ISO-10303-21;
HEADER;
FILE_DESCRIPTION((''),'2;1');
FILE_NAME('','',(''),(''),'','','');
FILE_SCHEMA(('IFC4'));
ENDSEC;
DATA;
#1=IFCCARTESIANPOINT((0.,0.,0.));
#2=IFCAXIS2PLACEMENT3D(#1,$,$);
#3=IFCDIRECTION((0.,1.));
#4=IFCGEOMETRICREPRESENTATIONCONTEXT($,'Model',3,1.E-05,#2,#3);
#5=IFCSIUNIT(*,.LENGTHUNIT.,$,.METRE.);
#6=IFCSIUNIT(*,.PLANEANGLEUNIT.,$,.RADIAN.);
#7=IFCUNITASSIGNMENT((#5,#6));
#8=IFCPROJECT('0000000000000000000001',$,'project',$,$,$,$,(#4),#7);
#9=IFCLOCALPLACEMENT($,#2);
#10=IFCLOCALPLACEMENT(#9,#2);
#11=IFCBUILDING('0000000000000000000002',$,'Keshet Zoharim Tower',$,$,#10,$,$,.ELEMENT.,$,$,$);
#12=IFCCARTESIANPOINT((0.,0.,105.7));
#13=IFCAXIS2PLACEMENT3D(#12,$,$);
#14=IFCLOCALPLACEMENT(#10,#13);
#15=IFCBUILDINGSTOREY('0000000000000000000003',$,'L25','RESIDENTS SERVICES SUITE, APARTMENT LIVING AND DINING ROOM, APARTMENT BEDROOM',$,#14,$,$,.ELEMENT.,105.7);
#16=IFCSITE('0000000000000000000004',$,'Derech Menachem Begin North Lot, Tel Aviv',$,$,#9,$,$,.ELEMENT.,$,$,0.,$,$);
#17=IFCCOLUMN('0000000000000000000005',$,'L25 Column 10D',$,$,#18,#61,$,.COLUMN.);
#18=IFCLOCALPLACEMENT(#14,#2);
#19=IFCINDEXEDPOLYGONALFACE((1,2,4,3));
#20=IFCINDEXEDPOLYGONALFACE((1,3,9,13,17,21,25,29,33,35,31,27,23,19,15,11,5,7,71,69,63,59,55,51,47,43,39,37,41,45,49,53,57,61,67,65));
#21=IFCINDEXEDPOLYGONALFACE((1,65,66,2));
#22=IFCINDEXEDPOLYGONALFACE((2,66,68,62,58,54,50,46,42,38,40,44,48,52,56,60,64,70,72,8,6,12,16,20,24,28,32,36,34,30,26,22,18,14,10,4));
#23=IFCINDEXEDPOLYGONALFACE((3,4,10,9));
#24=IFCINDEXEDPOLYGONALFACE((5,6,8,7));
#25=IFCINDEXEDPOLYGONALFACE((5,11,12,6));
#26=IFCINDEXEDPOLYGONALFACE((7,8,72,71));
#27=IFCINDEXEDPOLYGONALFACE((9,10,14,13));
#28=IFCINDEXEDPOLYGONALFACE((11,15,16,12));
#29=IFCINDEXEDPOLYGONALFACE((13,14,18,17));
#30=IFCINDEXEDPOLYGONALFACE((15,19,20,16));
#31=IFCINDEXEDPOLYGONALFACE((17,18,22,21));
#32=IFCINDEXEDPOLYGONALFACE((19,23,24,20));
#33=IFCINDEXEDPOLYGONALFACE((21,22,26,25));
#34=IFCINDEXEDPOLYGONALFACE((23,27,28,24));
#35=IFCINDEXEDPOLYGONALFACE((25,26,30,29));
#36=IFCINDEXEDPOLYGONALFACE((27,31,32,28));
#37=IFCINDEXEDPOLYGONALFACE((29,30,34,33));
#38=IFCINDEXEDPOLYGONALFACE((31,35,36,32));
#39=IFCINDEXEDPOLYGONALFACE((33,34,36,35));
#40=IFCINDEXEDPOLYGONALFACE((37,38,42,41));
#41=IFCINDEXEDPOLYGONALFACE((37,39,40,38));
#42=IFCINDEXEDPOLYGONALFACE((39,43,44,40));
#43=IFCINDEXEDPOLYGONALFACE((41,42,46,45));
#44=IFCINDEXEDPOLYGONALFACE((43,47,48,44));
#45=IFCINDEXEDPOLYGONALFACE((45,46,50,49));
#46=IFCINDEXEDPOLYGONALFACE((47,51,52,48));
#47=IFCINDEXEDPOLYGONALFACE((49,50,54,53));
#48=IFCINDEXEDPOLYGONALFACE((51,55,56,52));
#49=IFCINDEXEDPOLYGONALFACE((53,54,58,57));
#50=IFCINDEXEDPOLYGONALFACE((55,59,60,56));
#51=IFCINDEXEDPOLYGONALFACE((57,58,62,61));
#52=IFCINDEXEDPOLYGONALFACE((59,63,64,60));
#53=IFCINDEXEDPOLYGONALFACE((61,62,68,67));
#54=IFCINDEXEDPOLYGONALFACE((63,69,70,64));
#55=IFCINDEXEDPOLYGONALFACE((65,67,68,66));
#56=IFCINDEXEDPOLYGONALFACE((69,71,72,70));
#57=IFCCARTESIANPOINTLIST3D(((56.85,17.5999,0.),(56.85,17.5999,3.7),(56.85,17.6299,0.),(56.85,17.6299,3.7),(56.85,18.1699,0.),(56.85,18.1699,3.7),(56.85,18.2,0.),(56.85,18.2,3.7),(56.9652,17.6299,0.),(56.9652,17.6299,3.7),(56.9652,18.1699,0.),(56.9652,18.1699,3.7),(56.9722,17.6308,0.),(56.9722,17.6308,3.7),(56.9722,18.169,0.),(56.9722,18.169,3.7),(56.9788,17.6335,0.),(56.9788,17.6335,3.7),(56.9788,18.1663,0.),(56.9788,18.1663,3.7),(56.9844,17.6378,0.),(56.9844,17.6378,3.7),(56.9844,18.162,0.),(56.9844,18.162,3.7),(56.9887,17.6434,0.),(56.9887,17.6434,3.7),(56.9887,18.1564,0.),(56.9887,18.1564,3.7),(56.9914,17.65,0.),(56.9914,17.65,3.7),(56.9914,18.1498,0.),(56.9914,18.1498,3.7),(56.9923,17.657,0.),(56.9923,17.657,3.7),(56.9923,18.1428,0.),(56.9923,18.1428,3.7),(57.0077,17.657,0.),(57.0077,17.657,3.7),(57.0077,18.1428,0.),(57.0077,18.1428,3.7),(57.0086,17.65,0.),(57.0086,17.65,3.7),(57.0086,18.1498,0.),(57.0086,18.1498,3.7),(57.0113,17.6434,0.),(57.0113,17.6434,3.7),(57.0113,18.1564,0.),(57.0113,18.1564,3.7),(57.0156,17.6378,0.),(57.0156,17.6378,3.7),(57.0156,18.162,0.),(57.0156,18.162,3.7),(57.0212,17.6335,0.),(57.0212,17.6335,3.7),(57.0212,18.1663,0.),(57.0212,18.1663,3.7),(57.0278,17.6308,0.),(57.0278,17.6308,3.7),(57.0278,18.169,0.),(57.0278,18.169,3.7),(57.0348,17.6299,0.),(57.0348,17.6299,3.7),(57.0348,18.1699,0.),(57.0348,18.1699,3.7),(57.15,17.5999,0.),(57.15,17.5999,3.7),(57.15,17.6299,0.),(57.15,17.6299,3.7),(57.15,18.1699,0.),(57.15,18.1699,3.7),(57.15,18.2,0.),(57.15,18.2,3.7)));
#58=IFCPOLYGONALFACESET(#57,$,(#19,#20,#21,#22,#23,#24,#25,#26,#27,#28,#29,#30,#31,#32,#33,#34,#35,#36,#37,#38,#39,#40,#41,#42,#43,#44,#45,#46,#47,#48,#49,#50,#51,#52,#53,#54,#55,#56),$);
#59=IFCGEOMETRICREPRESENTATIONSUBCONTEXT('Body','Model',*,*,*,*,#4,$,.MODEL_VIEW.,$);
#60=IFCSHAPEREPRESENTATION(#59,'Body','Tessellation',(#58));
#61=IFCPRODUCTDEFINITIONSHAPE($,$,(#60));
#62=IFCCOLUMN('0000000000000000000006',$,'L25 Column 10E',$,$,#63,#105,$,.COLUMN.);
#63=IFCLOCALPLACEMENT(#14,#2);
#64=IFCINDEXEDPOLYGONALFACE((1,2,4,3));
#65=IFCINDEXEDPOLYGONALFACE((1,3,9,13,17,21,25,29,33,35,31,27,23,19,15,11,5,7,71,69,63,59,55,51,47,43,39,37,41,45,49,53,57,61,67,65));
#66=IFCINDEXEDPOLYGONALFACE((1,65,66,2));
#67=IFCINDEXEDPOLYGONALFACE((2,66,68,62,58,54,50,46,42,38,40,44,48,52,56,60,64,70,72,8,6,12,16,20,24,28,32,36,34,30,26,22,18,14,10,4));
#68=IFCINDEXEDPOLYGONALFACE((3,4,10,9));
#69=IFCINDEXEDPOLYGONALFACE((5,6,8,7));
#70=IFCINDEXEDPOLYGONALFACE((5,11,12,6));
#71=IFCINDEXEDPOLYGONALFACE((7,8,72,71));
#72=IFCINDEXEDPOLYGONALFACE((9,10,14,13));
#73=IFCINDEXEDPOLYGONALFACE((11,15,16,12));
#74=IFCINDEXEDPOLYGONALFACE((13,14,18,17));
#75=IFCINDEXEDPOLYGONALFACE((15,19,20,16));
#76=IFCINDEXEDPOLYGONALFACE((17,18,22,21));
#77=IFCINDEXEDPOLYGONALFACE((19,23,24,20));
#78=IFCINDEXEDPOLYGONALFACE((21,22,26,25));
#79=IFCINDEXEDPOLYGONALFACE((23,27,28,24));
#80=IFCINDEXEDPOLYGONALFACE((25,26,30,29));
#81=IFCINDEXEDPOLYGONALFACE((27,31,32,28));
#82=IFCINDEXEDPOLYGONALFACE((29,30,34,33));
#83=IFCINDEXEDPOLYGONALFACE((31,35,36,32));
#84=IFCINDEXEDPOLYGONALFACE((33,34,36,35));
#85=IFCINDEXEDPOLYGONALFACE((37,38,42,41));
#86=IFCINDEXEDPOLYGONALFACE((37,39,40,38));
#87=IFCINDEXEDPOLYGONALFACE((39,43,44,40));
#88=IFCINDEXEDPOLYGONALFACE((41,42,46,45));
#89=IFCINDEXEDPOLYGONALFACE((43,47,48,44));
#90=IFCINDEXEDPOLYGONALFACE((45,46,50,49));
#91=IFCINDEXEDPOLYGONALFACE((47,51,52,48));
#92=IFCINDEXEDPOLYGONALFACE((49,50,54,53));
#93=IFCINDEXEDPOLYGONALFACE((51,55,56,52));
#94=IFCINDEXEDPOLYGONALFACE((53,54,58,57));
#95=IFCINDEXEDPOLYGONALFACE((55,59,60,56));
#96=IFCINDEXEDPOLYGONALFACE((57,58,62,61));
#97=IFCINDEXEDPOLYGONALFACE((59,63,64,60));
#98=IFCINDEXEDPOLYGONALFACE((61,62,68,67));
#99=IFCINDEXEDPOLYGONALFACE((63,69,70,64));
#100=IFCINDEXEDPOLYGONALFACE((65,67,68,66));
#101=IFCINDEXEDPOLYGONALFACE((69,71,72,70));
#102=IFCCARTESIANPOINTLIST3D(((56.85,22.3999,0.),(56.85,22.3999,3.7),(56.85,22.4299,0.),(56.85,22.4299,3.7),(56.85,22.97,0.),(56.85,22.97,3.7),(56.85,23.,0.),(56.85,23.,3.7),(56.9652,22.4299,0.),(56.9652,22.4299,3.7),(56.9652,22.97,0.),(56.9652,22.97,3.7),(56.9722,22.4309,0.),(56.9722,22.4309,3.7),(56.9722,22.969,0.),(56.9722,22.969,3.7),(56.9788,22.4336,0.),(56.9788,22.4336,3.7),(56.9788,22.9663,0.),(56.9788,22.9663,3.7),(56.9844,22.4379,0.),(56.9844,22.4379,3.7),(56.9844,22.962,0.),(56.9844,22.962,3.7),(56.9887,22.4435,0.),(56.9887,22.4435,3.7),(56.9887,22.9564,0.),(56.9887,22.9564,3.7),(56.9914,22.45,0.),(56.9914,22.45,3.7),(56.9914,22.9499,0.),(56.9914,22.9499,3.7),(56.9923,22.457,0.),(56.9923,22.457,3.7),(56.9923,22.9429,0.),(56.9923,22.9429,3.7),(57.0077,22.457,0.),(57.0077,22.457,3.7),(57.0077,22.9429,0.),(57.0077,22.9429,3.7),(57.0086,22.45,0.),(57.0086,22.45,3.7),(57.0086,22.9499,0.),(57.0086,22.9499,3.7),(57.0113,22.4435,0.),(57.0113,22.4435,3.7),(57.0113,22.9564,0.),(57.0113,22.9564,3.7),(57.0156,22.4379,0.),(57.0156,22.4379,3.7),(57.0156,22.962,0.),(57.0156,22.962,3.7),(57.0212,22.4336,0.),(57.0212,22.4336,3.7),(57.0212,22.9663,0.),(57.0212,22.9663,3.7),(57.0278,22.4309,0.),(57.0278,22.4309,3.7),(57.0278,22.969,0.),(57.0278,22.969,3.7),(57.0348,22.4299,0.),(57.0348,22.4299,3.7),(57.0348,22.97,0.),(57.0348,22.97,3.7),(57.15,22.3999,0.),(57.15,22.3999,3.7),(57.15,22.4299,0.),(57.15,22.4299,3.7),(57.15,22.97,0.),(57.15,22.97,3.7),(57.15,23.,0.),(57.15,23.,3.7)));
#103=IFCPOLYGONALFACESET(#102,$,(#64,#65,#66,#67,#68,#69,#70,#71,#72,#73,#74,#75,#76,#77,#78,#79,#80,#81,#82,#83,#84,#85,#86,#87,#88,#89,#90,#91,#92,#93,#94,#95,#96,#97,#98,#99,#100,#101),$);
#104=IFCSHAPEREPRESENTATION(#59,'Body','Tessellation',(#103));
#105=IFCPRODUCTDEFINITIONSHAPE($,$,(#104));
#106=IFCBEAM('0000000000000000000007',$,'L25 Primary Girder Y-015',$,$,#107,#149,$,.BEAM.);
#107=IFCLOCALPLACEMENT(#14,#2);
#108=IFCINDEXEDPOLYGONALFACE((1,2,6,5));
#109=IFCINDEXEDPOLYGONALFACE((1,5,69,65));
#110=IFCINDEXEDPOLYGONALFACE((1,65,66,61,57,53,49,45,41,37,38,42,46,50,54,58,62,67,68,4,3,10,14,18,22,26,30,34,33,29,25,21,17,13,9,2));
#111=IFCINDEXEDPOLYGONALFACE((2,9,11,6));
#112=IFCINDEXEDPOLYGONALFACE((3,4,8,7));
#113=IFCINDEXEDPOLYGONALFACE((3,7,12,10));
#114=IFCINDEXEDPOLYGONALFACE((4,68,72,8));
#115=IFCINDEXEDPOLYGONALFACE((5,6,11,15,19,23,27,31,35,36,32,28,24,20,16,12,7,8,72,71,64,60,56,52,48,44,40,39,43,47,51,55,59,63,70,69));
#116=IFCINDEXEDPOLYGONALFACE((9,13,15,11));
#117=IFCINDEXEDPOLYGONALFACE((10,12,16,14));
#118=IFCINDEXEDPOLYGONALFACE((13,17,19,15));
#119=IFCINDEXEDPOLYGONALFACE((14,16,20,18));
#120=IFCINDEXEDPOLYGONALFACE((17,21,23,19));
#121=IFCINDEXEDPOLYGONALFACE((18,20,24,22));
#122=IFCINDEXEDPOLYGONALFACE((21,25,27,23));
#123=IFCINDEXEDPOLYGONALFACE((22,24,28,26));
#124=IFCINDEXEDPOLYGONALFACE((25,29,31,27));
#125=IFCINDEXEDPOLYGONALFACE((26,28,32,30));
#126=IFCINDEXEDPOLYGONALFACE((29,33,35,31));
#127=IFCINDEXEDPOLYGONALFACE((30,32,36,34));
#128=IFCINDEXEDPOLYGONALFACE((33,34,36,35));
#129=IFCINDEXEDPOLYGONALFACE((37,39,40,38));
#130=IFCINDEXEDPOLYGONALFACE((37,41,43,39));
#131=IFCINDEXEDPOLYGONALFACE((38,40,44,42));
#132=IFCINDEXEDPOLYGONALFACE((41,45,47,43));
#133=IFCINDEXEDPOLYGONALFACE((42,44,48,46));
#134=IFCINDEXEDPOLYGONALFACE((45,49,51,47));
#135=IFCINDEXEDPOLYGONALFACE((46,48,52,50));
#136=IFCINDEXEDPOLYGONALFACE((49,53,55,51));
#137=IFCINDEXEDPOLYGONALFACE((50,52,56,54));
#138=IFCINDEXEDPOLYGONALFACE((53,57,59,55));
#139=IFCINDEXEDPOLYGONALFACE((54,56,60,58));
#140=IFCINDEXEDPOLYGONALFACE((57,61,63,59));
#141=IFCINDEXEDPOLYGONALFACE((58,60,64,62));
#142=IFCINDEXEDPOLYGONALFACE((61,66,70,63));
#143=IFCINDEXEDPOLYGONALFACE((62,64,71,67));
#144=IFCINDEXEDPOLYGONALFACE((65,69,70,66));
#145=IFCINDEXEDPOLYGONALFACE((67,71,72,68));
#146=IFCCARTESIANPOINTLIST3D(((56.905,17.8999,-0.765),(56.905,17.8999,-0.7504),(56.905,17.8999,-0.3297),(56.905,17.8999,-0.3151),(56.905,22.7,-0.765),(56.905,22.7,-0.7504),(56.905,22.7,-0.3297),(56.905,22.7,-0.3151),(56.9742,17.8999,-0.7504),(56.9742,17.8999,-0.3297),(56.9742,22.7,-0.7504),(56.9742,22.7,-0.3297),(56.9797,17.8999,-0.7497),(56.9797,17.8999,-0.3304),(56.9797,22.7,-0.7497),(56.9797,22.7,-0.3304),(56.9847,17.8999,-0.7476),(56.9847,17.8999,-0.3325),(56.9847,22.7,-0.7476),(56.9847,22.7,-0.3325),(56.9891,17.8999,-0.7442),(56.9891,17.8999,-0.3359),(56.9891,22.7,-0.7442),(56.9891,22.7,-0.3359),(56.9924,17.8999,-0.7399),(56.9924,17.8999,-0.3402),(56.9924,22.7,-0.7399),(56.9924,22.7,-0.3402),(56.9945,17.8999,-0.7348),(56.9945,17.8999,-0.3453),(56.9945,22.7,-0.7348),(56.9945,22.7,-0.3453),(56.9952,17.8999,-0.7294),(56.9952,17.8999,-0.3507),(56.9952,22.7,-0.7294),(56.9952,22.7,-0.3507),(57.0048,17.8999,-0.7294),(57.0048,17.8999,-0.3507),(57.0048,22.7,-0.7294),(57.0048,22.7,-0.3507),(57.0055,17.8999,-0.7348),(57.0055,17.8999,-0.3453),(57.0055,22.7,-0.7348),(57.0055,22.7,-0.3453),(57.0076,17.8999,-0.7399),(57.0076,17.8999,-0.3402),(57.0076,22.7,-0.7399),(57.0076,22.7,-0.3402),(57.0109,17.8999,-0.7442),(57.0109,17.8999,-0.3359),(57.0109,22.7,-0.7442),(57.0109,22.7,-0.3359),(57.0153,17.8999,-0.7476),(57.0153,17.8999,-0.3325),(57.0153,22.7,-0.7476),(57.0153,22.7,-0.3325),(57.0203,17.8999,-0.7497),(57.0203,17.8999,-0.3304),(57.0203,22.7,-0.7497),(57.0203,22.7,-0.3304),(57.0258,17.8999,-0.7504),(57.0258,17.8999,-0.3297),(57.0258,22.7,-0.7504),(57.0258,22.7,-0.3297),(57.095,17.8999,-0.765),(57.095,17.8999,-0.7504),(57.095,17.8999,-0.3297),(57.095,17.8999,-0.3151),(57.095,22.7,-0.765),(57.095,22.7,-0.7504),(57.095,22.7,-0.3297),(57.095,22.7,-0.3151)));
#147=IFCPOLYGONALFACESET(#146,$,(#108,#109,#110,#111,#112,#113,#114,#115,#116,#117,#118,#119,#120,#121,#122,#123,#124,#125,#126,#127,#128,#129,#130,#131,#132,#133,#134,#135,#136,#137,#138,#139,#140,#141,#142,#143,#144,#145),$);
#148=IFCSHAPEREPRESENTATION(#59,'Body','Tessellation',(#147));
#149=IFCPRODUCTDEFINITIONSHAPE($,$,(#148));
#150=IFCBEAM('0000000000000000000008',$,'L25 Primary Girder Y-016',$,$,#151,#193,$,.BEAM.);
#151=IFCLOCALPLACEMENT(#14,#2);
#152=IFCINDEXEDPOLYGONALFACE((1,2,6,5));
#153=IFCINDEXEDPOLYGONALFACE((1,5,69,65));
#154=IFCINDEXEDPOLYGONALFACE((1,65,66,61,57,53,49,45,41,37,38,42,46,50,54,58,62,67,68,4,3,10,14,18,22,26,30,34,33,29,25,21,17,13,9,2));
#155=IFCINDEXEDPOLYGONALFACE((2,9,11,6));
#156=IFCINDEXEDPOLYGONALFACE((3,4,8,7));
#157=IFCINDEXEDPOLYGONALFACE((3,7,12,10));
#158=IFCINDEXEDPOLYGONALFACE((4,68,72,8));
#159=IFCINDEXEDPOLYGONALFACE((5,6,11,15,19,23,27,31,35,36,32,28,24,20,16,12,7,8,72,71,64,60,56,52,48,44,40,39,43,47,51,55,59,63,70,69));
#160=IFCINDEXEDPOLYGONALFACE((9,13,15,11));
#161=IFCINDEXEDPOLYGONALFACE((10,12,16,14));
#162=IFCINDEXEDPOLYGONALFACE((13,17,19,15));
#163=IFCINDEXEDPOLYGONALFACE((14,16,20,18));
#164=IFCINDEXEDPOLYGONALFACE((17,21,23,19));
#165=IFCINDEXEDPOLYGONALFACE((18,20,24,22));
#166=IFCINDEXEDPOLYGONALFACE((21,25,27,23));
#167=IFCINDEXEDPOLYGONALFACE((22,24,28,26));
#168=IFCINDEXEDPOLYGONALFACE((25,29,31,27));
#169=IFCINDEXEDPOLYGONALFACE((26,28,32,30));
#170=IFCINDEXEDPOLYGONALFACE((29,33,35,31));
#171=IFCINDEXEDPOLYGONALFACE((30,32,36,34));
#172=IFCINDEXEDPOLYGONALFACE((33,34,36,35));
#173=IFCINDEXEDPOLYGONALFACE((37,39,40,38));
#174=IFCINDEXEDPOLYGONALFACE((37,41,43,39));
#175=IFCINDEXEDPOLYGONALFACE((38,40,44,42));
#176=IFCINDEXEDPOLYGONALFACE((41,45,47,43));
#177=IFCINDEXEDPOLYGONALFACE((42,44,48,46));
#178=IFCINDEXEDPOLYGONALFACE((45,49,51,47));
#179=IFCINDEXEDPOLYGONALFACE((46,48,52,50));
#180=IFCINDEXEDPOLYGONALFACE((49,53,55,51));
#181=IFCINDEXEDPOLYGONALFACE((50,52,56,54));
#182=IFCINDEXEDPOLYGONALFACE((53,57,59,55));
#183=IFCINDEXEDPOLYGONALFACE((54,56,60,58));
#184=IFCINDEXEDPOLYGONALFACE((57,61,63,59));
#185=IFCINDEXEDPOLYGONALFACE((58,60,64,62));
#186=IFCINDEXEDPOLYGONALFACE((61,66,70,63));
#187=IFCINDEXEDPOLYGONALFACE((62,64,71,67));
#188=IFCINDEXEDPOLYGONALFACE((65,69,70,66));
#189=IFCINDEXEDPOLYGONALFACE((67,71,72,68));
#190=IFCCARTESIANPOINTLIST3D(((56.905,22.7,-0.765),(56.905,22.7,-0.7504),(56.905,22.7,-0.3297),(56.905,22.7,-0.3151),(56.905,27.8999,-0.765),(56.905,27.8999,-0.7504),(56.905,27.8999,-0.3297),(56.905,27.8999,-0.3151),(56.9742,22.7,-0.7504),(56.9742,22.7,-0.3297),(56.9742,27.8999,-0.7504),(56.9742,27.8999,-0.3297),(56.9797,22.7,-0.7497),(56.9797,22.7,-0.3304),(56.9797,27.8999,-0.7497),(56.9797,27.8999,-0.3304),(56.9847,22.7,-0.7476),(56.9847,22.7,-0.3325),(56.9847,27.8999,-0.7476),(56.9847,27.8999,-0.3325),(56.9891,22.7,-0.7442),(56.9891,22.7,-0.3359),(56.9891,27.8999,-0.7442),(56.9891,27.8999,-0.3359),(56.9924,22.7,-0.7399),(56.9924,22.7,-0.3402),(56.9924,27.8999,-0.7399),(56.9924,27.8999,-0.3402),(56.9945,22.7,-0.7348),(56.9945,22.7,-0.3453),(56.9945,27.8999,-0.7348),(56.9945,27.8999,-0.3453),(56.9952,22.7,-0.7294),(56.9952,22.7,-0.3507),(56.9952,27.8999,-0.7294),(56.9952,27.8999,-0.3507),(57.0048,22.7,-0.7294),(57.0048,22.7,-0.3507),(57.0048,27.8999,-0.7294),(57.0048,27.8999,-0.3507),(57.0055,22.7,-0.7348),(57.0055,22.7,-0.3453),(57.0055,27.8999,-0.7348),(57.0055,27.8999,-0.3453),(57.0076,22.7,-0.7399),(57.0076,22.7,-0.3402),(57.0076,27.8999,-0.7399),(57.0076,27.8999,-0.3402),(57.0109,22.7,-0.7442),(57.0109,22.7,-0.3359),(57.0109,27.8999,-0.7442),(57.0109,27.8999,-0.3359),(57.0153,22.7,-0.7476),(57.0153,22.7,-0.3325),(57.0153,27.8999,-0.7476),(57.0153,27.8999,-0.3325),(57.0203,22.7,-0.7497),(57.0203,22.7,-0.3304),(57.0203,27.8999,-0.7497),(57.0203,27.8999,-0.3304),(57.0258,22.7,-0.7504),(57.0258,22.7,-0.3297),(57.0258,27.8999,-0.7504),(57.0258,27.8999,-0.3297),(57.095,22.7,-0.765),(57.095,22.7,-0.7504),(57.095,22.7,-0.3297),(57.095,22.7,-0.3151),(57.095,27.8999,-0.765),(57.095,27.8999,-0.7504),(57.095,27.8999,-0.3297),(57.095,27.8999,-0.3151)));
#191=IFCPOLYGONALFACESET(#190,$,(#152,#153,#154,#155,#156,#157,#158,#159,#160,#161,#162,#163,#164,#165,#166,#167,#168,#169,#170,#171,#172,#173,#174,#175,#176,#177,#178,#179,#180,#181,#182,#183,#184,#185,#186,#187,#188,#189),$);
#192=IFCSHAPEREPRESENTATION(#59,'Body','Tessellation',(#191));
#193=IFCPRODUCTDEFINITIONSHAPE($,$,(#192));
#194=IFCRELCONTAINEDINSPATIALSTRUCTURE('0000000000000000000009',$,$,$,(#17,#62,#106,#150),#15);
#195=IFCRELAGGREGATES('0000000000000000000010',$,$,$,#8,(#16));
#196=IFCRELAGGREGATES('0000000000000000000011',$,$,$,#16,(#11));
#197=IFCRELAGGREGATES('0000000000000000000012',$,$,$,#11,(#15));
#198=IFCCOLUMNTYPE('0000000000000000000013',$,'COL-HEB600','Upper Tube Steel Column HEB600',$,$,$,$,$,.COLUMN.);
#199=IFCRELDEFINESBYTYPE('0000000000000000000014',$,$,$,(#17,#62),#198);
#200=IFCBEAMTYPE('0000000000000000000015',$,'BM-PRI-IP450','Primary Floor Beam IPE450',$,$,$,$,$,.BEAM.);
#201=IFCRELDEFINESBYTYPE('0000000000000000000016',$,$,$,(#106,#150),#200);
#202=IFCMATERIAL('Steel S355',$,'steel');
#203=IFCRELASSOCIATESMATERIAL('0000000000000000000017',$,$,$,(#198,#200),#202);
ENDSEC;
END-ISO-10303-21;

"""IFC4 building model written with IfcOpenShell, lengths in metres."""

from ifc_helpers import new_model, si_unit, direction, frame, origin, origin_2d, place, context, subcontext, project, spatial, i_section, extrude, material, material_profile, profile_set, type_object, element, save


model = new_model("IFC4")

# Units and contexts
model_context = context("Model", 3, precision=1e-05, world=origin(), true_north=direction((0.0, 1.0)))
body_context = subcontext(model_context, "Body", "Model", "MODEL_VIEW")
ifc_project = project(units=[si_unit("LENGTHUNIT", "METRE"), si_unit("PLANEANGLEUNIT", "RADIAN")], contexts=[model_context])

# Site, building, storey
site_placement = place(None, origin())
site = spatial("IfcSite", under=ifc_project, at=site_placement, Name="Derech Menachem Begin North Lot, Tel Aviv", CompositionType="ELEMENT", RefElevation=0.0)
building_placement = place(site_placement, origin())
building = spatial("IfcBuilding", under=site, at=building_placement, Name="Keshet Zoharim Tower", CompositionType="ELEMENT")
storey_placement = place(building_placement, frame((0.0, 0.0, 105.7)))
storey = spatial("IfcBuildingStorey", under=building, at=storey_placement, Name="L25", Description="RESIDENTS SERVICES SUITE, APARTMENT LIVING AND DINING ROOM, APARTMENT BEDROOM", CompositionType="ELEMENT", Elevation=105.7)

# Columns
ifc_material_1 = material(Name="Steel S355", Category="steel")
ifc_material_profile_1 = material_profile(ifc_material_1, i_section(OverallWidth=0.3, OverallDepth=0.6001, WebThickness=0.0154, FlangeThickness=0.03, FilletRadius=0.0271, at=origin_2d()), Name="HEB600")
ifc_profile_set_1 = profile_set([ifc_material_profile_1], Name="Steel S355")
column_type = type_object("IfcColumnType", Name="COL-HEB600", Description="Upper Tube Steel Column HEB600", PredefinedType="COLUMN", material=ifc_profile_set_1)
for number, where, z_axis, x_axis, name in (
    (1, (57.0, 17.8999, 0.0), (0.0, 0.0, 1.0), (1.0, 0.0, 0.0), "L25 Column 10D"),
    (2, (57.0, 22.7, 0.0), (0.0, 0.0, 1.0), (1.0, 0.0, 0.0), "L25 Column 10E"),
):
    element("IfcColumn", number, at=place(storey_placement, frame(where, z_axis=z_axis, x_axis=x_axis)), inside=storey, type_object=column_type, Name=name, PredefinedType="COLUMN", context=body_context, shape_type="SweptSolid", body=[
        extrude(i_section(OverallWidth=0.3, OverallDepth=0.6001, WebThickness=0.0154, FlangeThickness=0.03, FilletRadius=0.0271, at=origin_2d()), origin(), (0.0, 0.0, 1.0), 3.7),
    ])

# Beams
ifc_material_profile_2 = material_profile(ifc_material_1, i_section(OverallWidth=0.1899, OverallDepth=0.45, WebThickness=0.0095, FlangeThickness=0.0146, FilletRadius=0.021, at=origin_2d()), Name="IPE450")
ifc_profile_set_2 = profile_set([ifc_material_profile_2], Name="Steel S355")
beam_type = type_object("IfcBeamType", Name="BM-PRI-IP450", Description="Primary Floor Beam IPE450", PredefinedType="BEAM", material=ifc_profile_set_2)
beam_1_placement = place(storey_placement, frame((57.0, 17.8999, -0.54), z_axis=(0.0, 1.0, 0.0), x_axis=(-1.0, 0.0, 0.0)))
element("IfcBeam", 3, at=beam_1_placement, inside=storey, type_object=beam_type, Name="L25 Primary Girder Y-015", PredefinedType="BEAM", context=body_context, shape_type="SweptSolid", body=[
    extrude(i_section(OverallWidth=0.1899, OverallDepth=0.45, WebThickness=0.0095, FlangeThickness=0.0146, FilletRadius=0.021, at=origin_2d()), origin(), (0.0, 0.0, 1.0), 4.8),
])
beam_2_placement = place(storey_placement, frame((57.0, 22.7, -0.54), z_axis=(0.0, 1.0, 0.0), x_axis=(-1.0, 0.0, 0.0)))
element("IfcBeam", 4, at=beam_2_placement, inside=storey, type_object=beam_type, Name="L25 Primary Girder Y-016", PredefinedType="BEAM", context=body_context, shape_type="SweptSolid", body=[
    extrude(i_section(OverallWidth=0.1899, OverallDepth=0.45, WebThickness=0.0095, FlangeThickness=0.0146, FilletRadius=0.021, at=origin_2d()), origin(), (0.0, 0.0, 1.0), 5.2),
])

save(model, "model.ifc")
